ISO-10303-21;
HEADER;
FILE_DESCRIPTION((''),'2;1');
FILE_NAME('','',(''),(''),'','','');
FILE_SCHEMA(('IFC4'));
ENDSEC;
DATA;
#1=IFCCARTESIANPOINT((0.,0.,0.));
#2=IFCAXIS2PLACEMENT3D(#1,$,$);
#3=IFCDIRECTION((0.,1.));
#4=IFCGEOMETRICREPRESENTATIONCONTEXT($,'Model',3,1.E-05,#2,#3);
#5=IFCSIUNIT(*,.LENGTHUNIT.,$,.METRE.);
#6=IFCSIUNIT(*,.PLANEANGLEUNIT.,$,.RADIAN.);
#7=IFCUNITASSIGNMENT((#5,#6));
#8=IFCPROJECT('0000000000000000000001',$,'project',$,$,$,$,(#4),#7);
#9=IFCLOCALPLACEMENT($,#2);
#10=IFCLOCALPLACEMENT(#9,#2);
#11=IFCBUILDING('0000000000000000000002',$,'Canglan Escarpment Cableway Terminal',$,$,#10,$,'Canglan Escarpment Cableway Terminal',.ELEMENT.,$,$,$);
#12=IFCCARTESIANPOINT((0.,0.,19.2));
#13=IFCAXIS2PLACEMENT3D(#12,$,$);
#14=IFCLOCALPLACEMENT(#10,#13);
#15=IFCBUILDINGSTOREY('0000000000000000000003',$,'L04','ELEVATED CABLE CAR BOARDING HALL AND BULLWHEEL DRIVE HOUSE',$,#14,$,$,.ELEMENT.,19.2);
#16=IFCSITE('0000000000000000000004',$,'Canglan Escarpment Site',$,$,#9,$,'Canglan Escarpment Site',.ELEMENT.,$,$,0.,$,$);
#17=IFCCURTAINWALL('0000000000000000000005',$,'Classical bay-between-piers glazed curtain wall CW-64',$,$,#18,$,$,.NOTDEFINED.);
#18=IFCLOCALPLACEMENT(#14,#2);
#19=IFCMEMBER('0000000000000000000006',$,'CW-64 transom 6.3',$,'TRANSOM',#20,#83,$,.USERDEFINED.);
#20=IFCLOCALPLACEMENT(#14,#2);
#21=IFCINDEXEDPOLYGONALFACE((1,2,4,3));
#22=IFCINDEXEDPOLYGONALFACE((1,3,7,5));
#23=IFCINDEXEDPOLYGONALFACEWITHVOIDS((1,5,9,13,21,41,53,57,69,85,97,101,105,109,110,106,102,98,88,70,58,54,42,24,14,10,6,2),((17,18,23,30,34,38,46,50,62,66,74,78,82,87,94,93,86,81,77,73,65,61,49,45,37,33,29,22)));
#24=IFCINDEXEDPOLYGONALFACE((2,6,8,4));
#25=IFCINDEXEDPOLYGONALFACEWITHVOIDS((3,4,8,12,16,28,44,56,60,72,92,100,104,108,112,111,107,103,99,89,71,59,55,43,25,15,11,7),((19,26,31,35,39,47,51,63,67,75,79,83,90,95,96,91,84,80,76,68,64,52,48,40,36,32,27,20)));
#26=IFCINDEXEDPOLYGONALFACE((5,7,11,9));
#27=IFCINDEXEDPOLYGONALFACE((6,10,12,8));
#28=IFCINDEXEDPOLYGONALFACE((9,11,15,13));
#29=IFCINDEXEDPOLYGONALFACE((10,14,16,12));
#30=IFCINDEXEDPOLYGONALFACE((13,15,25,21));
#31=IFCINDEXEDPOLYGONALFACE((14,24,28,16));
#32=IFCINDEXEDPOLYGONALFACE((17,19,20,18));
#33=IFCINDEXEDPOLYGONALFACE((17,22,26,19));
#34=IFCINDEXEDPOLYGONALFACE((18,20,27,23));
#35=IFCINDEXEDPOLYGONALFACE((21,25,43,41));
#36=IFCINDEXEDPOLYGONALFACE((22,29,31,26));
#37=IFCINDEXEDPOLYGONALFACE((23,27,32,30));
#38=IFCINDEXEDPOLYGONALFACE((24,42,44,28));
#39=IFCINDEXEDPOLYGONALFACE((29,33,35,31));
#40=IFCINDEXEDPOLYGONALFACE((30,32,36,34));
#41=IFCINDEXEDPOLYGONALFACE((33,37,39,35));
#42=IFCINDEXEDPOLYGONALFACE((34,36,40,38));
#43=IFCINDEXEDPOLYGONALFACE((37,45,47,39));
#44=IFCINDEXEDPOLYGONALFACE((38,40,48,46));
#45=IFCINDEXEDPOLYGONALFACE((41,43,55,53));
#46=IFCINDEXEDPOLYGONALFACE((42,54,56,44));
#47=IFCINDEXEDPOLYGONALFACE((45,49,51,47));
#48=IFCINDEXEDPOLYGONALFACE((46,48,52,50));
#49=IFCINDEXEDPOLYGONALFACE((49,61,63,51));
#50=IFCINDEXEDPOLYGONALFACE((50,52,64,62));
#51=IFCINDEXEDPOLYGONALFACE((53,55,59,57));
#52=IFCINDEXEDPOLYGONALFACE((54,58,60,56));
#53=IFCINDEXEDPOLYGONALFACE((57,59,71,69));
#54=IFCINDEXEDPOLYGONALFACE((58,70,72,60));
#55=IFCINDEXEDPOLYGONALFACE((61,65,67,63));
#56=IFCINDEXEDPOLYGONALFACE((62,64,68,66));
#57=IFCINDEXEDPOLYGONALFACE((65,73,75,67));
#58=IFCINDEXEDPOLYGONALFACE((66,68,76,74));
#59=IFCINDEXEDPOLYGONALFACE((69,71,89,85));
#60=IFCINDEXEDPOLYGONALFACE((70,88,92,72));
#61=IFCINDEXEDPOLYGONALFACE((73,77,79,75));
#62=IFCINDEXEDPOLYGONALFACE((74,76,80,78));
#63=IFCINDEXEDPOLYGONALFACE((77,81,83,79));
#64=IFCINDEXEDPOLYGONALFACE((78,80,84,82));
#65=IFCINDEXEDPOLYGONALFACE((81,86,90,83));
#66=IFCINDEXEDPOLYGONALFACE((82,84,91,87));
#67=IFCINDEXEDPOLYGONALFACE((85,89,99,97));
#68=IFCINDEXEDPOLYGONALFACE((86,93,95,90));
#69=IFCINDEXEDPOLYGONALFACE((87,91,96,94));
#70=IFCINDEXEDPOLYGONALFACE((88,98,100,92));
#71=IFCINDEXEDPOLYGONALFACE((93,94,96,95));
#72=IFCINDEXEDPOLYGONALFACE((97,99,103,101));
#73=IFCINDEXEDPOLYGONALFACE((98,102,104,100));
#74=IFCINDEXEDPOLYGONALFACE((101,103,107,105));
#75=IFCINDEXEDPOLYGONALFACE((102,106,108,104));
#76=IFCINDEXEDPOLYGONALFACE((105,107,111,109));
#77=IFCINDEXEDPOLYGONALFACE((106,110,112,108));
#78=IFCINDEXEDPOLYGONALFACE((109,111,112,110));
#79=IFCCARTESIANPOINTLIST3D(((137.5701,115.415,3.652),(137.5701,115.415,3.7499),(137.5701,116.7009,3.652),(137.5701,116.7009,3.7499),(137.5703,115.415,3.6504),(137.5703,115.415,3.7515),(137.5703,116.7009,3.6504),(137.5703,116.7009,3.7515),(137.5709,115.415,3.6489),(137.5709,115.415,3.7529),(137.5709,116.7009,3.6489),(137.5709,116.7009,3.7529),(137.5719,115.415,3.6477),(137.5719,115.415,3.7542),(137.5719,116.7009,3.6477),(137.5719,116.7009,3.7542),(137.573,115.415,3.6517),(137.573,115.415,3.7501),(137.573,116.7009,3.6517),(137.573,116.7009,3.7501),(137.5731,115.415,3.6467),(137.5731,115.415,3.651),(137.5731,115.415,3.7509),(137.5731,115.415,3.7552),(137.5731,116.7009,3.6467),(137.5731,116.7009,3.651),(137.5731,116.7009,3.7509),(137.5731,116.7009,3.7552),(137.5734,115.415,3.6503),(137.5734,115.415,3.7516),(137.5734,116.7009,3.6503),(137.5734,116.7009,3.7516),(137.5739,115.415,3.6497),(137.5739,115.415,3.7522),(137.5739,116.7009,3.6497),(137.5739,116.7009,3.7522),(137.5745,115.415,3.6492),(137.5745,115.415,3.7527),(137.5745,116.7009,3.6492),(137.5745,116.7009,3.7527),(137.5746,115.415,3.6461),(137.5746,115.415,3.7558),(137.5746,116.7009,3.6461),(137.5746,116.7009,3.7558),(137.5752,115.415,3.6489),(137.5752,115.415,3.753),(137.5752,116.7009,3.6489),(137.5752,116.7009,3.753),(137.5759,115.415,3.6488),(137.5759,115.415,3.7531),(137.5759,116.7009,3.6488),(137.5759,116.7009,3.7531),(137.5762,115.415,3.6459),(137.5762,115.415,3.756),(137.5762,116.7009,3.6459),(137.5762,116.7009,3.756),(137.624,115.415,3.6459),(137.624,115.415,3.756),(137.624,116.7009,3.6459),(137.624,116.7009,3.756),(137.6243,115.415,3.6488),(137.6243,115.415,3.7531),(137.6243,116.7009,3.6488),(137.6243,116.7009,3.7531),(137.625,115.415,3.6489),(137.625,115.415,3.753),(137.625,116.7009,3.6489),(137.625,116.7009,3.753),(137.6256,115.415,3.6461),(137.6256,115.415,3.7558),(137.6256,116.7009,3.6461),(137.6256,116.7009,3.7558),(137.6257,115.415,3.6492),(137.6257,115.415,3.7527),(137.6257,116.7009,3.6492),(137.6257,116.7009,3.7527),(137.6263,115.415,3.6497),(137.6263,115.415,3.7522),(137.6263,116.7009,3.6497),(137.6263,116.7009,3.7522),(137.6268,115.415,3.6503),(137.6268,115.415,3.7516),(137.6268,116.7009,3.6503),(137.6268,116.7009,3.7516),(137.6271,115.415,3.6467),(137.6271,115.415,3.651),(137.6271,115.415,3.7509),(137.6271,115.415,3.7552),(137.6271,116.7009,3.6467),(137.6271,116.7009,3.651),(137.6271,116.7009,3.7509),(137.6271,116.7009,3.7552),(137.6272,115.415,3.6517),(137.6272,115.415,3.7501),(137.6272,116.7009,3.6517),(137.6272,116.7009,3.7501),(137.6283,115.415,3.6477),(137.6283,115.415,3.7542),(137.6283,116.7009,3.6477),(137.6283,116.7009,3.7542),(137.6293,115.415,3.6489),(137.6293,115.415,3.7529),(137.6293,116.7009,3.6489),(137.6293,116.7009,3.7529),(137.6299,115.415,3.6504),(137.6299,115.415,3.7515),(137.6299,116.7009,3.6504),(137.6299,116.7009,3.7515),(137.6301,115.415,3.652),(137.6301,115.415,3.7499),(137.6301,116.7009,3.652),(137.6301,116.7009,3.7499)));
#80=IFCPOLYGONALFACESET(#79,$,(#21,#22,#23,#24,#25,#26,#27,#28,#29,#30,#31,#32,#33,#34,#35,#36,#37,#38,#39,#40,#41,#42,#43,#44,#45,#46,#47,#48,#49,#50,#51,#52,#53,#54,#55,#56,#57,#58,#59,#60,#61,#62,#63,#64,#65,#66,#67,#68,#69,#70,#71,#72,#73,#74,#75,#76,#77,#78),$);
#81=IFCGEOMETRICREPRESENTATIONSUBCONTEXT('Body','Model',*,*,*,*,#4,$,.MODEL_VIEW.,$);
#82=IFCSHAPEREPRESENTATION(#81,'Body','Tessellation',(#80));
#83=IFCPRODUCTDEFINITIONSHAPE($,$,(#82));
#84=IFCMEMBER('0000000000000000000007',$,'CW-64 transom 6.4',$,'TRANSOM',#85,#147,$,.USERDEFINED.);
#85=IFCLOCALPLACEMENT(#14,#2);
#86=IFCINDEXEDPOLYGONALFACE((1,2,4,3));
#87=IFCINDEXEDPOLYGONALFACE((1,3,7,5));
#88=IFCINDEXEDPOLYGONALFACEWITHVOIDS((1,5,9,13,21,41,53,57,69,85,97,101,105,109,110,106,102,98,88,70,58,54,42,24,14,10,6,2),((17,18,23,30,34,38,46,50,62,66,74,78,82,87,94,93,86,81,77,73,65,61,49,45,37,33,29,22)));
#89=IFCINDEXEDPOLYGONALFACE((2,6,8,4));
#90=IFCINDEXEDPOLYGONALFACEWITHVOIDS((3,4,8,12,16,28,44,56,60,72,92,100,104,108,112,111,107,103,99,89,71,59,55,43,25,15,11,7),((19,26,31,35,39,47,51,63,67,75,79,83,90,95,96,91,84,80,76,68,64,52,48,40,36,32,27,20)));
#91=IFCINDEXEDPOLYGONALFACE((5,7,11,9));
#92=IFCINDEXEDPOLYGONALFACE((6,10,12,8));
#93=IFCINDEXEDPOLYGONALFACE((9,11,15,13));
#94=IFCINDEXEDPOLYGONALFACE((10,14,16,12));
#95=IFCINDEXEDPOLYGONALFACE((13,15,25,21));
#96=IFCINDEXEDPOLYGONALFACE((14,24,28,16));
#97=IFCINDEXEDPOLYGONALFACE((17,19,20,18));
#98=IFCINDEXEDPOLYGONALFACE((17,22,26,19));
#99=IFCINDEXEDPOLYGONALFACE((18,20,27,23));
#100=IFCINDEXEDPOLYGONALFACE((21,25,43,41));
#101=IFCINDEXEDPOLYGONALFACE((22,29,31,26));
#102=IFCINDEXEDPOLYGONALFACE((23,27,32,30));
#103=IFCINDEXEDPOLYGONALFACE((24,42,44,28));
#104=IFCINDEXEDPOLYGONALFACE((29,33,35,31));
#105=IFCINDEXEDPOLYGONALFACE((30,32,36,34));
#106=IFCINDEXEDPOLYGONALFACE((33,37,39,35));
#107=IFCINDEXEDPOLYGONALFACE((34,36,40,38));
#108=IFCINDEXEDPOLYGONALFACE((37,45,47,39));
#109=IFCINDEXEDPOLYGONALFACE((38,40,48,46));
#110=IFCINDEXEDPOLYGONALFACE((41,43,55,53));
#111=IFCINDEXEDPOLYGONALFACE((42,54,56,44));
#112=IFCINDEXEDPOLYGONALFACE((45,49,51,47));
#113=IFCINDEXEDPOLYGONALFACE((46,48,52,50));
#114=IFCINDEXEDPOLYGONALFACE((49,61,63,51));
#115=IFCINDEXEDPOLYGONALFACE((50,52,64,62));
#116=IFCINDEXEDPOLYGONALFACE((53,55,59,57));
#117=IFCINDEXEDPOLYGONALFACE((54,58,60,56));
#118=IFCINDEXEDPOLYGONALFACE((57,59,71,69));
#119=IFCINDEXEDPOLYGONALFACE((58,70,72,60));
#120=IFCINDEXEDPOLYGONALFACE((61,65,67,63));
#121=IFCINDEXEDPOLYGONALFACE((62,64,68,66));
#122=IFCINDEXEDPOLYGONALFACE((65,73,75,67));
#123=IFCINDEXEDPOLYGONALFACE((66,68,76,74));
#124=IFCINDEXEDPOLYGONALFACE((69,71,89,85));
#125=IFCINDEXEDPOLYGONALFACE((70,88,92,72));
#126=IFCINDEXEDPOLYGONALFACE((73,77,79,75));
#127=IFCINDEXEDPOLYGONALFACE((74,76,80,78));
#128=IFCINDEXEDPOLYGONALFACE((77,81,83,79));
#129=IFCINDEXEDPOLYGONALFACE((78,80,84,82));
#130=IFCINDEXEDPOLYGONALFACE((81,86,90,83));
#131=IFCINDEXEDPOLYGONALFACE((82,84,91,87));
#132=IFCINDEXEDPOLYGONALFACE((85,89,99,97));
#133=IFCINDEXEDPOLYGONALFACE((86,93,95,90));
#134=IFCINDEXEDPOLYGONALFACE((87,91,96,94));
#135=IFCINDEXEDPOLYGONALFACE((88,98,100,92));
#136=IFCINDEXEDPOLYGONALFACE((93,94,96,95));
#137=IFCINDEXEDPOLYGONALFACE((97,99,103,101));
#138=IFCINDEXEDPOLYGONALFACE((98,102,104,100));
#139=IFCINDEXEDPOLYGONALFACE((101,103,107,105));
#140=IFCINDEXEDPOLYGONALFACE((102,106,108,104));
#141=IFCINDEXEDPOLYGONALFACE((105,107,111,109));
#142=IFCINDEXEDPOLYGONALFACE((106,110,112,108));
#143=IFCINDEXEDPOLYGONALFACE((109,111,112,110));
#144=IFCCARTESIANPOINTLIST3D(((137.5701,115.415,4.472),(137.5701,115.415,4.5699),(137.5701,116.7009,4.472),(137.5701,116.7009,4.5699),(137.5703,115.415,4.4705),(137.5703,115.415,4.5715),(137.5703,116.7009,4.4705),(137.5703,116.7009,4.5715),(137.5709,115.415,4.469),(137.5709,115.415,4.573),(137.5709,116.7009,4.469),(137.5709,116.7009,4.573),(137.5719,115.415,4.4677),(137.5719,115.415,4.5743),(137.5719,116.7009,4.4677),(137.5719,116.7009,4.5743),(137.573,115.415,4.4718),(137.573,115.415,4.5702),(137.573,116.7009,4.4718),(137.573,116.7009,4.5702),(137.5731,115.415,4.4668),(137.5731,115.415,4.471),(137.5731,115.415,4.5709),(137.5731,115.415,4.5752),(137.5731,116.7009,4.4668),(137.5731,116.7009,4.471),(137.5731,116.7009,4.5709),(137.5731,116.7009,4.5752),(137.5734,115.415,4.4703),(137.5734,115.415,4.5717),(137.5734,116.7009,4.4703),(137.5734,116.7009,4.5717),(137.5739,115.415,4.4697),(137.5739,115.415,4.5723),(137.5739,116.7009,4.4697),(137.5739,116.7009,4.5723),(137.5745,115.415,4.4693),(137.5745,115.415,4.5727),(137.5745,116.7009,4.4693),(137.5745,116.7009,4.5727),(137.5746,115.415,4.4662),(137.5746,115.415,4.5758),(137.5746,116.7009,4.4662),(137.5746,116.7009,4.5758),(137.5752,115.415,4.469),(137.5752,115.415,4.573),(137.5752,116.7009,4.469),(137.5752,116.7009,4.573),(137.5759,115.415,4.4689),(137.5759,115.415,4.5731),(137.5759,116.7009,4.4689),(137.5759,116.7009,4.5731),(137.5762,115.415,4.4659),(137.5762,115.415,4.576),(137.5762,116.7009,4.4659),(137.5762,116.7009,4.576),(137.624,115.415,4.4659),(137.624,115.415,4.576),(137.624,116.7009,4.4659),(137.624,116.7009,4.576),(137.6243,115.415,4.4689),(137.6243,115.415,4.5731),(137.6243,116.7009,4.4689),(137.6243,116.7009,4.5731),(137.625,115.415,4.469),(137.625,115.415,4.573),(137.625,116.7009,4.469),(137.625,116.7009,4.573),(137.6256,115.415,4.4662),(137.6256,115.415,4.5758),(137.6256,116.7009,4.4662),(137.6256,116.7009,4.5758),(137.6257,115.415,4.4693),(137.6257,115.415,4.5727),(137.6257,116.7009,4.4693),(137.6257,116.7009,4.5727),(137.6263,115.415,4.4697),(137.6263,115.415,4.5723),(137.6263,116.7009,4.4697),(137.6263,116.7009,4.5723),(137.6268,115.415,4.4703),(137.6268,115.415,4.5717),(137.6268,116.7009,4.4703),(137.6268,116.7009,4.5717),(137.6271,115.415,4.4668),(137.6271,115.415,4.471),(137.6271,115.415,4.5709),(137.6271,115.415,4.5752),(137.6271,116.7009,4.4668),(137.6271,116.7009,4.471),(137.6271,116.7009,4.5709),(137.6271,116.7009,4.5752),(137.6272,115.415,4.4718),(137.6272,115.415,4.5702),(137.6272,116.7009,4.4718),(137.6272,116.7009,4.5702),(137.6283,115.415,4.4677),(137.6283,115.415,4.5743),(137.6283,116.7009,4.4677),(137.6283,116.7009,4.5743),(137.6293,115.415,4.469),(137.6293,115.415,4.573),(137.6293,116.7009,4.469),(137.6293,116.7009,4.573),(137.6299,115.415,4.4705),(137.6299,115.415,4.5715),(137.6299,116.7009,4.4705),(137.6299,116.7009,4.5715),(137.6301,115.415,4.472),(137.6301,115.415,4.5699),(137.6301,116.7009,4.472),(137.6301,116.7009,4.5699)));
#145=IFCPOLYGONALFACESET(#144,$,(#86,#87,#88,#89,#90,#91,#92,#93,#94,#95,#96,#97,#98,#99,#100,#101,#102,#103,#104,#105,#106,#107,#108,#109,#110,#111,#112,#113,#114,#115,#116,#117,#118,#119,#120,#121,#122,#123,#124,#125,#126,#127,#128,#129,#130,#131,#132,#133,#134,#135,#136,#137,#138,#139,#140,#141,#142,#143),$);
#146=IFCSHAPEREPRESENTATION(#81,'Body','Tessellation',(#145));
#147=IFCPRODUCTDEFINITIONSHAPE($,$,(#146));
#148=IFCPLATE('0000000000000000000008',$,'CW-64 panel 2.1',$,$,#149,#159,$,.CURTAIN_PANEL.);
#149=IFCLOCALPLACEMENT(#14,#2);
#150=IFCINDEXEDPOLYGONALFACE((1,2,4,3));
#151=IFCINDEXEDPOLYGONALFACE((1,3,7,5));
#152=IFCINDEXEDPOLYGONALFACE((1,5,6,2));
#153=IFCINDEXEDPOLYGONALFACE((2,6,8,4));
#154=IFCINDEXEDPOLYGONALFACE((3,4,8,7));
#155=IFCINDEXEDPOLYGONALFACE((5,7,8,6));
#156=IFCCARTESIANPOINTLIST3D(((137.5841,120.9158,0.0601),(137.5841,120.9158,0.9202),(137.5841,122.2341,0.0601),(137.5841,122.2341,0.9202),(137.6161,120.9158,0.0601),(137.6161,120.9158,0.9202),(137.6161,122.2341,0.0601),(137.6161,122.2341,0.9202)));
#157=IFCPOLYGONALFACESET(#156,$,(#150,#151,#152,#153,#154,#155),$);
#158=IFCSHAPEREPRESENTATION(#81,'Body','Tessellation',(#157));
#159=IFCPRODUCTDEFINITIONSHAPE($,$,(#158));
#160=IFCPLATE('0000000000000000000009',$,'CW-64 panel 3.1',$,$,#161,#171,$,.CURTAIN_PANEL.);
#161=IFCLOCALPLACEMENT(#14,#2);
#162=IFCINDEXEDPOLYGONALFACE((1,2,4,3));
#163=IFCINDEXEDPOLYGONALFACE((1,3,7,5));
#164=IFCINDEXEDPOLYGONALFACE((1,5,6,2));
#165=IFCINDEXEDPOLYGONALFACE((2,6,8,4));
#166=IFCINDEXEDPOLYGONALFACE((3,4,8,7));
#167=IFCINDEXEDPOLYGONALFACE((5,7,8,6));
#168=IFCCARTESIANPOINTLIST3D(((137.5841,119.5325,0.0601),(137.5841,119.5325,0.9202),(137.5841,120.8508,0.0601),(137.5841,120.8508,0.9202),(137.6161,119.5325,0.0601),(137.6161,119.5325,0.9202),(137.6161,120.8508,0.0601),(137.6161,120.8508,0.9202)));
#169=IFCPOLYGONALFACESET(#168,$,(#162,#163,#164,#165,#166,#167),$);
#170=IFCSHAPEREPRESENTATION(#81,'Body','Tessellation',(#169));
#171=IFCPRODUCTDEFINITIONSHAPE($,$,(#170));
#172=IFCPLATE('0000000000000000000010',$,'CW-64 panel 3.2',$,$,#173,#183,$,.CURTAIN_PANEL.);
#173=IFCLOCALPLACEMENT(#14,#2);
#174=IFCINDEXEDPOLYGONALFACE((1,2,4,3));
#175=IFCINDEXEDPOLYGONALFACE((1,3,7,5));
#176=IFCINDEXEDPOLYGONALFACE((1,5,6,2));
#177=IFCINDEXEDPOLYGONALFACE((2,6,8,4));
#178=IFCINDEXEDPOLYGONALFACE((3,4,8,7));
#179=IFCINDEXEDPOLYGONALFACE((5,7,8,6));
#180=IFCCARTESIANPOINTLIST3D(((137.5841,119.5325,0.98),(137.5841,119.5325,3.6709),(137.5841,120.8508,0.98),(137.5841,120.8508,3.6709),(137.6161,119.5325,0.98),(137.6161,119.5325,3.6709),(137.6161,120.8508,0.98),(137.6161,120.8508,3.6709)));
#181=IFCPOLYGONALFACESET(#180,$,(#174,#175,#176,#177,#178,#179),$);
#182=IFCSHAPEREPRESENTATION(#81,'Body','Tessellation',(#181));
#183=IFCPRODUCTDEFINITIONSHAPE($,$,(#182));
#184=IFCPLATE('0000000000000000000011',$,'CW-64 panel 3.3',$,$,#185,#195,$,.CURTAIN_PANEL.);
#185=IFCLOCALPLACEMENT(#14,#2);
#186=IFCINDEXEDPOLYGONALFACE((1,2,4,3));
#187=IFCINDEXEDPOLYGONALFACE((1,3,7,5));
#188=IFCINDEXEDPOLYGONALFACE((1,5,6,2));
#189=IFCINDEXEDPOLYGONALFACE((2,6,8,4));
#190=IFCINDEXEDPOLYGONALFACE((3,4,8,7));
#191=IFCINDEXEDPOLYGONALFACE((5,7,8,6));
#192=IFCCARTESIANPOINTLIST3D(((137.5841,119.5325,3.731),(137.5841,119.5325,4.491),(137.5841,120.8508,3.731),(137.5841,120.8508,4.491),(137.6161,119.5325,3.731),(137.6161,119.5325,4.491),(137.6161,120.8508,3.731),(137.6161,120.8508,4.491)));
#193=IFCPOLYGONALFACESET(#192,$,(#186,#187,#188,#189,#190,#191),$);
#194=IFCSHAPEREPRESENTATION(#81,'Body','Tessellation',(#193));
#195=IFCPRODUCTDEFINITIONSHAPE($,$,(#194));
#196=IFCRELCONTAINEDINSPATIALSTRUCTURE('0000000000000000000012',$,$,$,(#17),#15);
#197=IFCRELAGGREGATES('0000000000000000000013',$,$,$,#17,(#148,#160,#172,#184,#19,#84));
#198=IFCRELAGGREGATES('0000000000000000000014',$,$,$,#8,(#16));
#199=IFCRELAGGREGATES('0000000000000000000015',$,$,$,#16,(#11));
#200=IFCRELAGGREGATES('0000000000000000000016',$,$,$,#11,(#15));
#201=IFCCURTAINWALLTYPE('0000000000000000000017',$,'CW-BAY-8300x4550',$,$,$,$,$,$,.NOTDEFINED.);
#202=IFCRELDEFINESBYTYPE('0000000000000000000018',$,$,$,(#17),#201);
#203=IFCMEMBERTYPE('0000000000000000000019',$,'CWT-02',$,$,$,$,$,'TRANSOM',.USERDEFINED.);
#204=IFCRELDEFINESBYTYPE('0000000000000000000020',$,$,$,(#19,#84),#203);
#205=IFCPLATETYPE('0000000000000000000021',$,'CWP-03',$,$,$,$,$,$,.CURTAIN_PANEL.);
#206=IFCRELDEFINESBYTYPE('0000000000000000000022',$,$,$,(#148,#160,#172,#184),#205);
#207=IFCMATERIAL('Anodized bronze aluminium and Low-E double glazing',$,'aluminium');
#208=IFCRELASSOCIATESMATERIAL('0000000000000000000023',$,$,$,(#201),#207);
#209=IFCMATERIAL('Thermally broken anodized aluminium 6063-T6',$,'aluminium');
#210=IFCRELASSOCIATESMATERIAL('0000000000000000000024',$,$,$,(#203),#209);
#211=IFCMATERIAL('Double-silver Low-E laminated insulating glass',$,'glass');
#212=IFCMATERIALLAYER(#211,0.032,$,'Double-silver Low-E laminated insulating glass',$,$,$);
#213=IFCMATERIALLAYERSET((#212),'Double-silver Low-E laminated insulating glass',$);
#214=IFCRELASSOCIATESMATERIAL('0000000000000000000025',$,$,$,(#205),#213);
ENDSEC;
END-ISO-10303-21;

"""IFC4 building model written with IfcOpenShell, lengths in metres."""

from ifc_helpers import new_model, si_unit, direction, frame, origin, origin_2d, place, context, subcontext, project, spatial, rectangle, hollow_rectangle, extrude, material, layer, layer_set, material_profile, profile_set, type_object, element, aggregate, save


model = new_model("IFC4")

# Units and contexts
model_context = context("Model", 3, precision=1e-05, world=origin(), true_north=direction((0.0, 1.0)))
body_context = subcontext(model_context, "Body", "Model", "MODEL_VIEW")
ifc_project = project(units=[si_unit("LENGTHUNIT", "METRE"), si_unit("PLANEANGLEUNIT", "RADIAN")], contexts=[model_context])

# Site, building, storey
site_placement = place(None, origin())
site = spatial("IfcSite", under=ifc_project, at=site_placement, Name="Canglan Escarpment Site", LongName="Canglan Escarpment Site", CompositionType="ELEMENT", RefElevation=0.0)
building_placement = place(site_placement, origin())
building = spatial("IfcBuilding", under=site, at=building_placement, Name="Canglan Escarpment Cableway Terminal", LongName="Canglan Escarpment Cableway Terminal", CompositionType="ELEMENT")
storey_placement = place(building_placement, frame((0.0, 0.0, 19.2)))
storey = spatial("IfcBuildingStorey", under=building, at=storey_placement, Name="L04", Description="ELEVATED CABLE CAR BOARDING HALL AND BULLWHEEL DRIVE HOUSE", CompositionType="ELEMENT", Elevation=19.2)

# Curtain wall, members, plates
ifc_material_1 = material(Name="Anodized bronze aluminium and Low-E double glazing", Category="aluminium")
curtain_wall_type = type_object("IfcCurtainWallType", Name="CW-BAY-8300x4550", PredefinedType="NOTDEFINED", material=ifc_material_1)
curtain_wall_placement = place(storey_placement, origin())
curtain_wall = element("IfcCurtainWall", 1, at=curtain_wall_placement, inside=storey, type_object=curtain_wall_type, Name="Classical bay-between-piers glazed curtain wall CW-64", PredefinedType="NOTDEFINED")
ifc_material_2 = material(Name="Thermally broken anodized aluminium 6063-T6", Category="aluminium")
ifc_material_profile_1 = material_profile(ifc_material_2, hollow_rectangle(XDim=0.0601, YDim=0.1101, WallThickness=0.0029, InnerFilletRadius=0.0029, OuterFilletRadius=0.0061, at=origin_2d()), Name="ALU-TRAN 60x110x3")
ifc_profile_set_1 = profile_set([ifc_material_profile_1], Name="Thermally broken anodized aluminium 6063-T6")
member_type_1 = type_object("IfcMemberType", Name="CWT-02", ElementType="TRANSOM", PredefinedType="USERDEFINED", material=ifc_profile_set_1)
member_1_placement = place(storey_placement, frame((137.6001, 116.7009, 3.7009), z_axis=(0.0, -1.0, 0.0), x_axis=(1.0, 0.0, 0.0)))
member_1 = element("IfcMember", 2, at=member_1_placement, type_object=member_type_1, Name="CW-64 transom 6.3", ObjectType="TRANSOM", PredefinedType="USERDEFINED", context=body_context, shape_type="SweptSolid", body=[
    extrude(hollow_rectangle(XDim=0.0601, YDim=0.1101, WallThickness=0.0029, InnerFilletRadius=0.0029, OuterFilletRadius=0.0061, at=origin_2d()), origin(), (0.0, 0.0, 1.0), 1.2859),
])
member_2_placement = place(storey_placement, frame((137.6001, 116.7009, 4.521), z_axis=(0.0, -1.0, 0.0), x_axis=(1.0, 0.0, 0.0)))
member_2 = element("IfcMember", 3, at=member_2_placement, type_object=member_type_1, Name="CW-64 transom 6.4", ObjectType="TRANSOM", PredefinedType="USERDEFINED", context=body_context, shape_type="SweptSolid", body=[
    extrude(hollow_rectangle(XDim=0.0601, YDim=0.1101, WallThickness=0.0029, InnerFilletRadius=0.0029, OuterFilletRadius=0.0061, at=origin_2d()), origin(), (0.0, 0.0, 1.0), 1.2859),
])
ifc_material_3 = material(Name="Double-silver Low-E laminated insulating glass", Category="glass")
ifc_layer = layer(ifc_material_3, 0.032, Name="Double-silver Low-E laminated insulating glass")
ifc_layer_set = layer_set([ifc_layer], Name="Double-silver Low-E laminated insulating glass")
plate_type = type_object("IfcPlateType", Name="CWP-03", PredefinedType="CURTAIN_PANEL", material=ifc_layer_set)
plate_1_placement = place(storey_placement, frame((137.6001, 121.575, 0.0601), z_axis=(0.0, 0.0, 1.0), x_axis=(0.0, -1.0, 0.0)))
plate_1 = element("IfcPlate", 4, at=plate_1_placement, type_object=plate_type, Name="CW-64 panel 2.1", PredefinedType="CURTAIN_PANEL", context=body_context, shape_type="SweptSolid", body=[
    extrude(rectangle(XDim=1.3184, YDim=0.032, at=origin_2d()), origin(), (0.0, 0.0, 1.0), 0.8601),
])
plate_2_placement = place(storey_placement, frame((137.6001, 120.1917, 0.0601), z_axis=(0.0, 0.0, 1.0), x_axis=(0.0, -1.0, 0.0)))
plate_2 = element("IfcPlate", 5, at=plate_2_placement, type_object=plate_type, Name="CW-64 panel 3.1", PredefinedType="CURTAIN_PANEL", context=body_context, shape_type="SweptSolid", body=[
    extrude(rectangle(XDim=1.3184, YDim=0.032, at=origin_2d()), origin(), (0.0, 0.0, 1.0), 0.8601),
])
plate_3_placement = place(storey_placement, frame((137.6001, 120.1917, 0.98), z_axis=(0.0, 0.0, 1.0), x_axis=(0.0, -1.0, 0.0)))
plate_3 = element("IfcPlate", 6, at=plate_3_placement, type_object=plate_type, Name="CW-64 panel 3.2", PredefinedType="CURTAIN_PANEL", context=body_context, shape_type="SweptSolid", body=[
    extrude(rectangle(XDim=1.3184, YDim=0.032, at=origin_2d()), origin(), (0.0, 0.0, 1.0), 2.6909),
])
plate_4_placement = place(storey_placement, frame((137.6001, 120.1917, 3.731), z_axis=(0.0, 0.0, 1.0), x_axis=(0.0, -1.0, 0.0)))
plate_4 = element("IfcPlate", 7, at=plate_4_placement, type_object=plate_type, Name="CW-64 panel 3.3", PredefinedType="CURTAIN_PANEL", context=body_context, shape_type="SweptSolid", body=[
    extrude(rectangle(XDim=1.3184, YDim=0.032, at=origin_2d()), origin(), (0.0, 0.0, 1.0), 0.76),
])
aggregate(curtain_wall, [plate_1, plate_2, plate_3, plate_4, member_1, member_2])

save(model, "model.ifc")
